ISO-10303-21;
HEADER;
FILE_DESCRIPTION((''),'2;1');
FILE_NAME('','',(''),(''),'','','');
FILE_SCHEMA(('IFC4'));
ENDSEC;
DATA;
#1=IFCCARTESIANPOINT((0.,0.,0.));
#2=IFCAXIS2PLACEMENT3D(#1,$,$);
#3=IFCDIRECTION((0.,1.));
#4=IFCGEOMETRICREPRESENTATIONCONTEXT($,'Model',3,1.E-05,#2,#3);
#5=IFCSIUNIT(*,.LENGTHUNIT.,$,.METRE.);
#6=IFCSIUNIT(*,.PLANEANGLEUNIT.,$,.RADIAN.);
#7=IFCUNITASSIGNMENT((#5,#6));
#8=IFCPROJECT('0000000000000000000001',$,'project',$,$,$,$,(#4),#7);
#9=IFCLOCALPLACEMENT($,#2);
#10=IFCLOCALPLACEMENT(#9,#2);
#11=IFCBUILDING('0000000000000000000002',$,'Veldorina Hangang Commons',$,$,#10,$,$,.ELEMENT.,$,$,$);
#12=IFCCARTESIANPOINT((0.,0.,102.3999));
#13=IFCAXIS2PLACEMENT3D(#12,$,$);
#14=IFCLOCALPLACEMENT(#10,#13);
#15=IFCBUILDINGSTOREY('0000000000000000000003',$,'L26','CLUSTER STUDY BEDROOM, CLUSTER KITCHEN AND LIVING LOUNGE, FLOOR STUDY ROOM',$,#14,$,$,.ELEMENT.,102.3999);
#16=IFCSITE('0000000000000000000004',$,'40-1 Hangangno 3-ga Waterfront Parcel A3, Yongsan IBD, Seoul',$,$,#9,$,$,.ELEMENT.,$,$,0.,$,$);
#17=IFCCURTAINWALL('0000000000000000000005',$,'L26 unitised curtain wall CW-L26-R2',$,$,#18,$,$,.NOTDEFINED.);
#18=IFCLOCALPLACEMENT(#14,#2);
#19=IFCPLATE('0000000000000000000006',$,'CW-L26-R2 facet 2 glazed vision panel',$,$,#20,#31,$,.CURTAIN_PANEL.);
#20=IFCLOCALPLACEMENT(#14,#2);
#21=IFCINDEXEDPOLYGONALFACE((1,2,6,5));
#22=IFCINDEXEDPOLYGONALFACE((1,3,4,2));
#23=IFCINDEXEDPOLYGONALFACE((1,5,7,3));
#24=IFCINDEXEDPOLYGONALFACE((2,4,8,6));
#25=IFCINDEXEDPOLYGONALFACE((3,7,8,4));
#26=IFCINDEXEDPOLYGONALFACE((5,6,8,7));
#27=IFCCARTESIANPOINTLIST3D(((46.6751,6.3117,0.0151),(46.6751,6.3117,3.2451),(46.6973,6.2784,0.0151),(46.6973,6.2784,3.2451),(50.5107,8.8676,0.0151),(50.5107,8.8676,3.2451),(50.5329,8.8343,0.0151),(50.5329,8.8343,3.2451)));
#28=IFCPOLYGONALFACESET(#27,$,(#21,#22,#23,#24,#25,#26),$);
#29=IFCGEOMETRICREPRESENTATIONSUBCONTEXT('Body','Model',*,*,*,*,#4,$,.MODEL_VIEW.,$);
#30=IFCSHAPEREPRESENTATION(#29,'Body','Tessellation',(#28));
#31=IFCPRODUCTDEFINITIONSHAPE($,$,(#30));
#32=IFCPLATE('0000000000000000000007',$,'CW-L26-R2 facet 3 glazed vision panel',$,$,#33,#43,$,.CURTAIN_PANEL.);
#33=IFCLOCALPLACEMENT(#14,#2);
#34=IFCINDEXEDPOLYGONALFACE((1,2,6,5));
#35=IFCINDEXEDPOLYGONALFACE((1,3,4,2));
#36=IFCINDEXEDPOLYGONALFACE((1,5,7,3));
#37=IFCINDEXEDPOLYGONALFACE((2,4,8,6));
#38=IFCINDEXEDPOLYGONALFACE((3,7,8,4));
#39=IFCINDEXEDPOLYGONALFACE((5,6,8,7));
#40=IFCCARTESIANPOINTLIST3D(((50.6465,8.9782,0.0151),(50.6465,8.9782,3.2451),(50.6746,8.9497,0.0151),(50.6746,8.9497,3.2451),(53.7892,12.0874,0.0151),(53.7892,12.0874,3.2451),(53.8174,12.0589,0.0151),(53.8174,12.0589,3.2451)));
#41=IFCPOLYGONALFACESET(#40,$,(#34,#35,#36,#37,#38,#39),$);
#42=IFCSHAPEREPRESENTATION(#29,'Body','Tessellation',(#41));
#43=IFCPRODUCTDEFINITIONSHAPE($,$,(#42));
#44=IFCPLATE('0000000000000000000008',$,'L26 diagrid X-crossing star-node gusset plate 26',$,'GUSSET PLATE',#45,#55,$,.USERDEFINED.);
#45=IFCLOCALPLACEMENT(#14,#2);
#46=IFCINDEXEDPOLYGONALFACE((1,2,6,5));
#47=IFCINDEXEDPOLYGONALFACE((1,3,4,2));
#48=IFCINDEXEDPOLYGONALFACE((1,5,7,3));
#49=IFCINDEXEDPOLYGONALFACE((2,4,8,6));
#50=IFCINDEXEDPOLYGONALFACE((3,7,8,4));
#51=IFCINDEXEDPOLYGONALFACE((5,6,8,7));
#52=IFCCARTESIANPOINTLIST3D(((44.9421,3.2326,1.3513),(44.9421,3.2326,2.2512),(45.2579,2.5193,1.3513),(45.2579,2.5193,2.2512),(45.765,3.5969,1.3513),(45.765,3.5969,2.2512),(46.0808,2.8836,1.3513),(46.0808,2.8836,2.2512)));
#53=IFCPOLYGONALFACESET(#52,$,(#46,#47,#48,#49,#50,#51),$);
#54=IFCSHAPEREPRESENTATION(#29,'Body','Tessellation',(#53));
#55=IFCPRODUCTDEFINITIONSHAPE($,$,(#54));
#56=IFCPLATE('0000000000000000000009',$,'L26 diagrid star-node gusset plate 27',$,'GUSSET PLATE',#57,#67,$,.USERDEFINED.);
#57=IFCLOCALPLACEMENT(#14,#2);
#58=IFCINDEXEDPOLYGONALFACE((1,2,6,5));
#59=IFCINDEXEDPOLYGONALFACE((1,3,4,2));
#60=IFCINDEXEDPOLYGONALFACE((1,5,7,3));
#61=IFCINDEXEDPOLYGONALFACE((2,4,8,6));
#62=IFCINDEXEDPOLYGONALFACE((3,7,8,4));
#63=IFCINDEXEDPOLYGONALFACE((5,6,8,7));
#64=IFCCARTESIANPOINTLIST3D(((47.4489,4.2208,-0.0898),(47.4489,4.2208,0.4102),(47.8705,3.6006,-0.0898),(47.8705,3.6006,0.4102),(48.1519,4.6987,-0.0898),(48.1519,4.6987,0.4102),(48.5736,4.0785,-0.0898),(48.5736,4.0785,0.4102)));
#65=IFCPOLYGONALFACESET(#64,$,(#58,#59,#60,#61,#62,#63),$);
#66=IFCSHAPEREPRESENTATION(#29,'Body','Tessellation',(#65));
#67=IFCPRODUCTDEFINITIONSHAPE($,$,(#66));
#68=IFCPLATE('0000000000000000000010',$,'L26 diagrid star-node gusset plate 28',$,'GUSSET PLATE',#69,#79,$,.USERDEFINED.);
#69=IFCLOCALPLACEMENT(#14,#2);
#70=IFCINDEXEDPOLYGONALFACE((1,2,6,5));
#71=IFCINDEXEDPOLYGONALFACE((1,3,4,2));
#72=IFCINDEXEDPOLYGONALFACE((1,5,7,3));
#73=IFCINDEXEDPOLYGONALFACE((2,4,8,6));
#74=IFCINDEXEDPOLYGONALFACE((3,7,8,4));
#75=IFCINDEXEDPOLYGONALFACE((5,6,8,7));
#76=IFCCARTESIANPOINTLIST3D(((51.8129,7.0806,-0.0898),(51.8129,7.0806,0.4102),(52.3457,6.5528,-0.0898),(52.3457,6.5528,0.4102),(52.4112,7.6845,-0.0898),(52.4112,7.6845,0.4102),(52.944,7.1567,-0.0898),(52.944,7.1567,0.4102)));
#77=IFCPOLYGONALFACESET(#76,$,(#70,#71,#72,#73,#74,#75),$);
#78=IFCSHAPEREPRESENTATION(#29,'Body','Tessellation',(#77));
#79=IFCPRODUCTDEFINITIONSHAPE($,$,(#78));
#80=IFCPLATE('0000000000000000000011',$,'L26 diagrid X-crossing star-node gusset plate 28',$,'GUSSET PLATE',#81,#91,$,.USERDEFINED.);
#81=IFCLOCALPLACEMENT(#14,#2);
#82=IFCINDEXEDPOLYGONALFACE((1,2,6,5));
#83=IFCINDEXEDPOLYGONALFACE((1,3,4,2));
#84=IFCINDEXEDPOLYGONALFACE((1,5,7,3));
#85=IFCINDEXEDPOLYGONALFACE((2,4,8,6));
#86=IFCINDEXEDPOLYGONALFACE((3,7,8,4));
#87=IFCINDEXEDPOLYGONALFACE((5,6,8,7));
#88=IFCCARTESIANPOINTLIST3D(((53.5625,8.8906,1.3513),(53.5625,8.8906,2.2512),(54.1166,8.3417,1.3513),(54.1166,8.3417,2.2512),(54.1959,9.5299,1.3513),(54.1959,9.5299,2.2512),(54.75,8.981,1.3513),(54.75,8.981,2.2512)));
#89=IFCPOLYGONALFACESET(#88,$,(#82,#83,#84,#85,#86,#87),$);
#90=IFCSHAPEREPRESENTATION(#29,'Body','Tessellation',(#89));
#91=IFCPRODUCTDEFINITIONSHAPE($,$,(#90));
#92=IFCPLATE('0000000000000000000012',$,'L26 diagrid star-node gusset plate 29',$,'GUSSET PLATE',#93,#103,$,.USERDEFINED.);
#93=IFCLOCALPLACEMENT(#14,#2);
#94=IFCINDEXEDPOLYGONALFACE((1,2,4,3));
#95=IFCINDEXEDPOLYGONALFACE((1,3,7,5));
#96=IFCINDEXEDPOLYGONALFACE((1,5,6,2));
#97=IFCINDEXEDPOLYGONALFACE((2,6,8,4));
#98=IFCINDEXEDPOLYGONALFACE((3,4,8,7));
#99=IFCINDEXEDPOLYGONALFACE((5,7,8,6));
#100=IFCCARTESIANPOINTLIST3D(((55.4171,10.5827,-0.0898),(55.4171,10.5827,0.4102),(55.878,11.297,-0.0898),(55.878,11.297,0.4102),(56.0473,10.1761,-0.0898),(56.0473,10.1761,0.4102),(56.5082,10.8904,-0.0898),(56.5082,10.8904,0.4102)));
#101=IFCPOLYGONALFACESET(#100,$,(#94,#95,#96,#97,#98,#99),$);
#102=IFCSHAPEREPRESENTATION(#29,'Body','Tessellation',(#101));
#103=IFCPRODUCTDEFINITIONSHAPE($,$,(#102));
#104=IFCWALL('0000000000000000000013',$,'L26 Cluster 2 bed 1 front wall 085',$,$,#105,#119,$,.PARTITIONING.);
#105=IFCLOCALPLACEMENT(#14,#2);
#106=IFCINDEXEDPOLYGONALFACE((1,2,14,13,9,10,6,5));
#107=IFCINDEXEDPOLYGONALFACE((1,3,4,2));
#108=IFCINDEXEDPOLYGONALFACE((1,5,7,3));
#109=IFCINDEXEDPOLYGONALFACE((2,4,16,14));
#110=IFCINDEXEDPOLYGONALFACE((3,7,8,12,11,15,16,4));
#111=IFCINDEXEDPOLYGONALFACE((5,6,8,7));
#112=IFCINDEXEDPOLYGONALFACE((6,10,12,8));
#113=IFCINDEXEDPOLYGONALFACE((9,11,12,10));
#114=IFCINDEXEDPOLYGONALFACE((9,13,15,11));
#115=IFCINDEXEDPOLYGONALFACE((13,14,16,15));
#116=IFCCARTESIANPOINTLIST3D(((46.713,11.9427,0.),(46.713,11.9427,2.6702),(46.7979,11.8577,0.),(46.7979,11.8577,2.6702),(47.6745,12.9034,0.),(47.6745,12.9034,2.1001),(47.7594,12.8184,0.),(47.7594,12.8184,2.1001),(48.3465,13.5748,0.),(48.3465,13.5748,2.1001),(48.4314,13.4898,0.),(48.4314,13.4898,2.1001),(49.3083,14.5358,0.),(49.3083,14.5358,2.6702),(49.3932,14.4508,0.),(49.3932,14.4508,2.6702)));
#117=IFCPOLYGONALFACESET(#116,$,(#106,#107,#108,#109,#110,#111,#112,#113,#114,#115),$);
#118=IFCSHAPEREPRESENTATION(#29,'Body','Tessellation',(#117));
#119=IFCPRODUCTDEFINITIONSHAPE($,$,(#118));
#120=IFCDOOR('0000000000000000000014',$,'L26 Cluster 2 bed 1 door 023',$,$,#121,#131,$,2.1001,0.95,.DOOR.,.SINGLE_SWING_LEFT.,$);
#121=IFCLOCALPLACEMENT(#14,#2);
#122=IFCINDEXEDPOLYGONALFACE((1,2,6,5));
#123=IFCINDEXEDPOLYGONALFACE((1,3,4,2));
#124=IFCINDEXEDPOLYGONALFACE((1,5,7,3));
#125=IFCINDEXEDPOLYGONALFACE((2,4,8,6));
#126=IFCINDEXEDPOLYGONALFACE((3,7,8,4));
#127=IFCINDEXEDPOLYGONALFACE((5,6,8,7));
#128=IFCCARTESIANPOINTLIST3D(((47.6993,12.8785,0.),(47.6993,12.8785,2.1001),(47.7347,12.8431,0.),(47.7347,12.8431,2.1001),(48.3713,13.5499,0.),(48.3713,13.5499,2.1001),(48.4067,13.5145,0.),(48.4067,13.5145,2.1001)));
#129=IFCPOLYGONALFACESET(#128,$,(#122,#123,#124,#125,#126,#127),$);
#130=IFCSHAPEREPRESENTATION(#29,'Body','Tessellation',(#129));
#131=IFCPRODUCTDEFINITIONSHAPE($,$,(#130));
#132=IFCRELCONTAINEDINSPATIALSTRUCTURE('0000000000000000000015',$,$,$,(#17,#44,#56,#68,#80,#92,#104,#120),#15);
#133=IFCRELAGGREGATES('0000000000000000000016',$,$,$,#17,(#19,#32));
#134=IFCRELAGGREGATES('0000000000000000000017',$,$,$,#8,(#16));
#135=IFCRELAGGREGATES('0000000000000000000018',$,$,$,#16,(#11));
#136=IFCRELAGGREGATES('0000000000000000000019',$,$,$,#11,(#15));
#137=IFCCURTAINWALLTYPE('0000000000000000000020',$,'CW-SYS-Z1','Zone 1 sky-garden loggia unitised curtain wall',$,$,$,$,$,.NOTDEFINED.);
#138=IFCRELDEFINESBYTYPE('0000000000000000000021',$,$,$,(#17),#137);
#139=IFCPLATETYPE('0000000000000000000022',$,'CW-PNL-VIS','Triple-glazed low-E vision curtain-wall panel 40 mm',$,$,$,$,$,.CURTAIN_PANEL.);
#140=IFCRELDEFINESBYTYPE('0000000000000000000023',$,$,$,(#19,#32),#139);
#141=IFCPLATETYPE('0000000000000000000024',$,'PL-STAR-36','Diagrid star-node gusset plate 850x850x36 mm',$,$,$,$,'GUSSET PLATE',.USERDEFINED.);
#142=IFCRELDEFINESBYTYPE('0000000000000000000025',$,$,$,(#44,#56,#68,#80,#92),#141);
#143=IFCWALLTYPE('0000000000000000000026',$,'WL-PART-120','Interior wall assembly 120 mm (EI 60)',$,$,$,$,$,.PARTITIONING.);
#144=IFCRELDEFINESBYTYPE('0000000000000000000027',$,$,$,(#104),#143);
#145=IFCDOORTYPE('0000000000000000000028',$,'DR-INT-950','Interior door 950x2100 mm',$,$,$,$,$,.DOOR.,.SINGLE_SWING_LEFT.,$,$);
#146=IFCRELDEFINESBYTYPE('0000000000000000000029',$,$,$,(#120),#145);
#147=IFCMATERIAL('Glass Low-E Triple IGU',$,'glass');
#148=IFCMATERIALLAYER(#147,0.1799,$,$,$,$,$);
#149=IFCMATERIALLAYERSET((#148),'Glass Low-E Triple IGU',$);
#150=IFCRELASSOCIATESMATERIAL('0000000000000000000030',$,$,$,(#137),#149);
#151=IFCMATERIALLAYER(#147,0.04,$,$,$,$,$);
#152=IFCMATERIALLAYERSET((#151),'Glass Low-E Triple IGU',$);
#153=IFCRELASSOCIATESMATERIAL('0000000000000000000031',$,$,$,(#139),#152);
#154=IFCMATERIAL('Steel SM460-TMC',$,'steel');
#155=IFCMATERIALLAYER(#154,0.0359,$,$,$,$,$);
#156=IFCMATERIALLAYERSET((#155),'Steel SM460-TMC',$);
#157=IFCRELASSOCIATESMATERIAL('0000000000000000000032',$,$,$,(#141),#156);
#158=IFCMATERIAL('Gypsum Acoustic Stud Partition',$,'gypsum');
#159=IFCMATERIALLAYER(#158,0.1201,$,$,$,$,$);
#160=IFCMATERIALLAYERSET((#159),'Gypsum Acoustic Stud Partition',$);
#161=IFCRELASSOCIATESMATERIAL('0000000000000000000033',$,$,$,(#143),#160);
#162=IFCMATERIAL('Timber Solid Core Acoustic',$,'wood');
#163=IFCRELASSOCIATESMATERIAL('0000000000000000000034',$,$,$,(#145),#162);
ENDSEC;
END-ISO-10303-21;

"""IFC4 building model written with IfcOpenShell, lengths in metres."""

from ifc_helpers import new_model, si_unit, direction, frame, frame_2d, origin, origin_2d, place, context, subcontext, project, spatial, rectangle, extrude, material, layer, layer_set, type_object, element, fill, aggregate, save


model = new_model("IFC4")

# Units and contexts
model_context = context("Model", 3, precision=1e-05, world=origin(), true_north=direction((0.0, 1.0)))
body_context = subcontext(model_context, "Body", "Model", "MODEL_VIEW")
ifc_project = project(units=[si_unit("LENGTHUNIT", "METRE"), si_unit("PLANEANGLEUNIT", "RADIAN")], contexts=[model_context])

# Site, building, storey
site_placement = place(None, origin())
site = spatial("IfcSite", under=ifc_project, at=site_placement, Name="40-1 Hangangno 3-ga Waterfront Parcel A3, Yongsan IBD, Seoul", CompositionType="ELEMENT", RefElevation=0.0)
building_placement = place(site_placement, origin())
building = spatial("IfcBuilding", under=site, at=building_placement, Name="Veldorina Hangang Commons", CompositionType="ELEMENT")
storey_placement = place(building_placement, frame((0.0, 0.0, 102.3999)))
storey = spatial("IfcBuildingStorey", under=building, at=storey_placement, Name="L26", Description="CLUSTER STUDY BEDROOM, CLUSTER KITCHEN AND LIVING LOUNGE, FLOOR STUDY ROOM", CompositionType="ELEMENT", Elevation=102.3999)

# Curtain wall
ifc_material_1 = material(Name="Glass Low-E Triple IGU", Category="glass")
ifc_layer_1 = layer(ifc_material_1, 0.1799)
ifc_layer_set_1 = layer_set([ifc_layer_1], Name="Glass Low-E Triple IGU")
curtain_wall_type = type_object("IfcCurtainWallType", Name="CW-SYS-Z1", Description="Zone 1 sky-garden loggia unitised curtain wall", PredefinedType="NOTDEFINED", material=ifc_layer_set_1)
curtain_wall_placement = place(storey_placement, origin())
curtain_wall = element("IfcCurtainWall", 1, at=curtain_wall_placement, inside=storey, type_object=curtain_wall_type, Name="L26 unitised curtain wall CW-L26-R2", PredefinedType="NOTDEFINED")

# Shared definitions
ifc_material_2 = material(Name="Steel SM460-TMC", Category="steel")

# Plates
ifc_layer_2 = layer(ifc_material_1, 0.04)
ifc_layer_set_2 = layer_set([ifc_layer_2], Name="Glass Low-E Triple IGU")
plate_type_1 = type_object("IfcPlateType", Name="CW-PNL-VIS", Description="Triple-glazed low-E vision curtain-wall panel 40 mm", PredefinedType="CURTAIN_PANEL", material=ifc_layer_set_2)
plate_1_placement = place(storey_placement, frame((48.604, 7.573, 0.0151), z_axis=(0.0, 0.0, 1.0), x_axis=(0.832167, 0.554525, 0.0)))
plate_1 = element("IfcPlate", 2, at=plate_1_placement, type_object=plate_type_1, Name="CW-L26-R2 facet 2 glazed vision panel", PredefinedType="CURTAIN_PANEL", context=body_context, shape_type="SweptSolid", body=[
    extrude(rectangle(XDim=4.6091, YDim=0.04, at=origin_2d()), origin(), (0.0, 0.0, 1.0), 3.23),
])
plate_2_placement = place(storey_placement, frame((52.2319, 10.5186, 0.0151), z_axis=(0.0, 0.0, 1.0), x_axis=(0.710885, 0.703308, 0.0)))
plate_2 = element("IfcPlate", 3, at=plate_2_placement, type_object=plate_type_1, Name="CW-L26-R2 facet 3 glazed vision panel", PredefinedType="CURTAIN_PANEL", context=body_context, shape_type="SweptSolid", body=[
    extrude(rectangle(XDim=4.4209, YDim=0.04, at=origin_2d()), origin(), (0.0, 0.0, 1.0), 3.23),
])
aggregate(curtain_wall, [plate_1, plate_2])

# Plates
ifc_layer_3 = layer(ifc_material_2, 0.0359)
ifc_layer_set_3 = layer_set([ifc_layer_3], Name="Steel SM460-TMC")
plate_type_2 = type_object("IfcPlateType", Name="PL-STAR-36", Description="Diagrid star-node gusset plate 850x850x36 mm", ElementType="GUSSET PLATE", PredefinedType="USERDEFINED", material=ifc_layer_set_3)
plate_3_placement = place(storey_placement, frame((45.5115, 3.0581, 1.3513), z_axis=(0.0, 0.0, 1.0), x_axis=(0.914381, 0.404854, 0.0)))
element("IfcPlate", 4, at=plate_3_placement, inside=storey, type_object=plate_type_2, Name="L26 diagrid X-crossing star-node gusset plate 26", ObjectType="GUSSET PLATE", PredefinedType="USERDEFINED", context=body_context, shape_type="SweptSolid", body=[
    extrude(rectangle(XDim=0.8999, YDim=0.78, at=origin_2d()), origin(), (0.0, 0.0, 1.0), 0.8999),
])
for number, where, z_axis, x_axis, name in (
    (5, (48.0112, 4.1497, -0.0898), (0.0, 0.0, 1.0), (0.826992, 0.562213, 0.0), "L26 diagrid star-node gusset plate 27"),
    (6, (52.3784, 7.1187, -0.0898), (0.0, 0.0, 1.0), (0.703792, 0.710407, 0.0), "L26 diagrid star-node gusset plate 28"),
):
    element("IfcPlate", number, at=place(storey_placement, frame(where, z_axis=z_axis, x_axis=x_axis)), inside=storey, type_object=plate_type_2, Name=name, ObjectType="GUSSET PLATE", PredefinedType="USERDEFINED", context=body_context, shape_type="SweptSolid", body=[
        extrude(rectangle(XDim=0.8501, YDim=0.75, at=origin_2d()), origin(), (0.0, 0.0, 1.0), 0.5),
    ])
plate_4_placement = place(storey_placement, frame((54.1562, 8.9358, 1.3513), z_axis=(0.0, 0.0, 1.0), x_axis=(0.703792, 0.710407, 0.0)))
element("IfcPlate", 7, at=plate_4_placement, inside=storey, type_object=plate_type_2, Name="L26 diagrid X-crossing star-node gusset plate 28", ObjectType="GUSSET PLATE", PredefinedType="USERDEFINED", context=body_context, shape_type="SweptSolid", body=[
    extrude(rectangle(XDim=0.8999, YDim=0.78, at=origin_2d()), origin(), (0.0, 0.0, 1.0), 0.8999),
])
plate_5_placement = place(storey_placement, frame((55.9626, 10.7366, -0.0898), z_axis=(0.0, 0.0, 1.0), x_axis=(0.542178, 0.840264, 0.0)))
element("IfcPlate", 8, at=plate_5_placement, inside=storey, type_object=plate_type_2, Name="L26 diagrid star-node gusset plate 29", ObjectType="GUSSET PLATE", PredefinedType="USERDEFINED", context=body_context, shape_type="SweptSolid", body=[
    extrude(rectangle(XDim=0.8501, YDim=0.75, at=origin_2d()), origin(), (0.0, 0.0, 1.0), 0.5),
])

# Wall, opening, door
ifc_material_3 = material(Name="Gypsum Acoustic Stud Partition", Category="gypsum")
ifc_layer_4 = layer(ifc_material_3, 0.1201)
ifc_layer_set_4 = layer_set([ifc_layer_4], Name="Gypsum Acoustic Stud Partition")
wall_type = type_object("IfcWallType", Name="WL-PART-120", Description="Interior wall assembly 120 mm (EI 60)", PredefinedType="PARTITIONING", material=ifc_layer_set_4)
wall_placement = place(storey_placement, frame((46.7554, 11.9001, 0.0), z_axis=(0.0, 0.0, 1.0), x_axis=(0.707406, 0.706807, 0.0)))
wall = element("IfcWall", 9, at=wall_placement, inside=storey, type_object=wall_type, Name="L26 Cluster 2 bed 1 front wall 085", PredefinedType="PARTITIONING", context=body_context, shape_type="SweptSolid", body=[
    extrude(rectangle(XDim=3.6687, YDim=0.1201, at=frame_2d((1.8345, 0.0))), origin(), (0.0, 0.0, 1.0), 2.6702),
])
opening_placement = place(wall_placement, frame((1.3591, 0.0, 0.0)))
opening = element("IfcOpeningElement", 10, at=opening_placement, cuts=wall, PredefinedType="OPENING", context=body_context, shape_type="SweptSolid", body=[
    extrude(rectangle(XDim=0.95, YDim=2.1001, at=frame_2d((0.4751, 1.05))), frame((0.0, 0.0701, 0.0), z_axis=(0.0, -1.0, 0.0), x_axis=(1.0, 0.0, 0.0)), (0.0, 0.0, 1.0), 0.1401),
])
ifc_material_4 = material(Name="Timber Solid Core Acoustic", Category="wood")
door_type = type_object("IfcDoorType", Name="DR-INT-950", Description="Interior door 950x2100 mm", OperationType="SINGLE_SWING_LEFT", PredefinedType="DOOR", material=ifc_material_4)
door_placement = place(opening_placement, origin())
door = element("IfcDoor", 11, at=door_placement, inside=storey, type_object=door_type, Name="L26 Cluster 2 bed 1 door 023", OperationType="SINGLE_SWING_LEFT", OverallHeight=2.1001, OverallWidth=0.95, PredefinedType="DOOR", context=body_context, shape_type="SweptSolid", body=[
    extrude(rectangle(XDim=0.95, YDim=2.1001, at=frame_2d((0.4751, 1.05))), frame((0.0, 0.0249, 0.0), z_axis=(0.0, -1.0, 0.0), x_axis=(1.0, 0.0, 0.0)), (0.0, 0.0, 1.0), 0.05),
])
fill(opening, door)

save(model, "model.ifc")
